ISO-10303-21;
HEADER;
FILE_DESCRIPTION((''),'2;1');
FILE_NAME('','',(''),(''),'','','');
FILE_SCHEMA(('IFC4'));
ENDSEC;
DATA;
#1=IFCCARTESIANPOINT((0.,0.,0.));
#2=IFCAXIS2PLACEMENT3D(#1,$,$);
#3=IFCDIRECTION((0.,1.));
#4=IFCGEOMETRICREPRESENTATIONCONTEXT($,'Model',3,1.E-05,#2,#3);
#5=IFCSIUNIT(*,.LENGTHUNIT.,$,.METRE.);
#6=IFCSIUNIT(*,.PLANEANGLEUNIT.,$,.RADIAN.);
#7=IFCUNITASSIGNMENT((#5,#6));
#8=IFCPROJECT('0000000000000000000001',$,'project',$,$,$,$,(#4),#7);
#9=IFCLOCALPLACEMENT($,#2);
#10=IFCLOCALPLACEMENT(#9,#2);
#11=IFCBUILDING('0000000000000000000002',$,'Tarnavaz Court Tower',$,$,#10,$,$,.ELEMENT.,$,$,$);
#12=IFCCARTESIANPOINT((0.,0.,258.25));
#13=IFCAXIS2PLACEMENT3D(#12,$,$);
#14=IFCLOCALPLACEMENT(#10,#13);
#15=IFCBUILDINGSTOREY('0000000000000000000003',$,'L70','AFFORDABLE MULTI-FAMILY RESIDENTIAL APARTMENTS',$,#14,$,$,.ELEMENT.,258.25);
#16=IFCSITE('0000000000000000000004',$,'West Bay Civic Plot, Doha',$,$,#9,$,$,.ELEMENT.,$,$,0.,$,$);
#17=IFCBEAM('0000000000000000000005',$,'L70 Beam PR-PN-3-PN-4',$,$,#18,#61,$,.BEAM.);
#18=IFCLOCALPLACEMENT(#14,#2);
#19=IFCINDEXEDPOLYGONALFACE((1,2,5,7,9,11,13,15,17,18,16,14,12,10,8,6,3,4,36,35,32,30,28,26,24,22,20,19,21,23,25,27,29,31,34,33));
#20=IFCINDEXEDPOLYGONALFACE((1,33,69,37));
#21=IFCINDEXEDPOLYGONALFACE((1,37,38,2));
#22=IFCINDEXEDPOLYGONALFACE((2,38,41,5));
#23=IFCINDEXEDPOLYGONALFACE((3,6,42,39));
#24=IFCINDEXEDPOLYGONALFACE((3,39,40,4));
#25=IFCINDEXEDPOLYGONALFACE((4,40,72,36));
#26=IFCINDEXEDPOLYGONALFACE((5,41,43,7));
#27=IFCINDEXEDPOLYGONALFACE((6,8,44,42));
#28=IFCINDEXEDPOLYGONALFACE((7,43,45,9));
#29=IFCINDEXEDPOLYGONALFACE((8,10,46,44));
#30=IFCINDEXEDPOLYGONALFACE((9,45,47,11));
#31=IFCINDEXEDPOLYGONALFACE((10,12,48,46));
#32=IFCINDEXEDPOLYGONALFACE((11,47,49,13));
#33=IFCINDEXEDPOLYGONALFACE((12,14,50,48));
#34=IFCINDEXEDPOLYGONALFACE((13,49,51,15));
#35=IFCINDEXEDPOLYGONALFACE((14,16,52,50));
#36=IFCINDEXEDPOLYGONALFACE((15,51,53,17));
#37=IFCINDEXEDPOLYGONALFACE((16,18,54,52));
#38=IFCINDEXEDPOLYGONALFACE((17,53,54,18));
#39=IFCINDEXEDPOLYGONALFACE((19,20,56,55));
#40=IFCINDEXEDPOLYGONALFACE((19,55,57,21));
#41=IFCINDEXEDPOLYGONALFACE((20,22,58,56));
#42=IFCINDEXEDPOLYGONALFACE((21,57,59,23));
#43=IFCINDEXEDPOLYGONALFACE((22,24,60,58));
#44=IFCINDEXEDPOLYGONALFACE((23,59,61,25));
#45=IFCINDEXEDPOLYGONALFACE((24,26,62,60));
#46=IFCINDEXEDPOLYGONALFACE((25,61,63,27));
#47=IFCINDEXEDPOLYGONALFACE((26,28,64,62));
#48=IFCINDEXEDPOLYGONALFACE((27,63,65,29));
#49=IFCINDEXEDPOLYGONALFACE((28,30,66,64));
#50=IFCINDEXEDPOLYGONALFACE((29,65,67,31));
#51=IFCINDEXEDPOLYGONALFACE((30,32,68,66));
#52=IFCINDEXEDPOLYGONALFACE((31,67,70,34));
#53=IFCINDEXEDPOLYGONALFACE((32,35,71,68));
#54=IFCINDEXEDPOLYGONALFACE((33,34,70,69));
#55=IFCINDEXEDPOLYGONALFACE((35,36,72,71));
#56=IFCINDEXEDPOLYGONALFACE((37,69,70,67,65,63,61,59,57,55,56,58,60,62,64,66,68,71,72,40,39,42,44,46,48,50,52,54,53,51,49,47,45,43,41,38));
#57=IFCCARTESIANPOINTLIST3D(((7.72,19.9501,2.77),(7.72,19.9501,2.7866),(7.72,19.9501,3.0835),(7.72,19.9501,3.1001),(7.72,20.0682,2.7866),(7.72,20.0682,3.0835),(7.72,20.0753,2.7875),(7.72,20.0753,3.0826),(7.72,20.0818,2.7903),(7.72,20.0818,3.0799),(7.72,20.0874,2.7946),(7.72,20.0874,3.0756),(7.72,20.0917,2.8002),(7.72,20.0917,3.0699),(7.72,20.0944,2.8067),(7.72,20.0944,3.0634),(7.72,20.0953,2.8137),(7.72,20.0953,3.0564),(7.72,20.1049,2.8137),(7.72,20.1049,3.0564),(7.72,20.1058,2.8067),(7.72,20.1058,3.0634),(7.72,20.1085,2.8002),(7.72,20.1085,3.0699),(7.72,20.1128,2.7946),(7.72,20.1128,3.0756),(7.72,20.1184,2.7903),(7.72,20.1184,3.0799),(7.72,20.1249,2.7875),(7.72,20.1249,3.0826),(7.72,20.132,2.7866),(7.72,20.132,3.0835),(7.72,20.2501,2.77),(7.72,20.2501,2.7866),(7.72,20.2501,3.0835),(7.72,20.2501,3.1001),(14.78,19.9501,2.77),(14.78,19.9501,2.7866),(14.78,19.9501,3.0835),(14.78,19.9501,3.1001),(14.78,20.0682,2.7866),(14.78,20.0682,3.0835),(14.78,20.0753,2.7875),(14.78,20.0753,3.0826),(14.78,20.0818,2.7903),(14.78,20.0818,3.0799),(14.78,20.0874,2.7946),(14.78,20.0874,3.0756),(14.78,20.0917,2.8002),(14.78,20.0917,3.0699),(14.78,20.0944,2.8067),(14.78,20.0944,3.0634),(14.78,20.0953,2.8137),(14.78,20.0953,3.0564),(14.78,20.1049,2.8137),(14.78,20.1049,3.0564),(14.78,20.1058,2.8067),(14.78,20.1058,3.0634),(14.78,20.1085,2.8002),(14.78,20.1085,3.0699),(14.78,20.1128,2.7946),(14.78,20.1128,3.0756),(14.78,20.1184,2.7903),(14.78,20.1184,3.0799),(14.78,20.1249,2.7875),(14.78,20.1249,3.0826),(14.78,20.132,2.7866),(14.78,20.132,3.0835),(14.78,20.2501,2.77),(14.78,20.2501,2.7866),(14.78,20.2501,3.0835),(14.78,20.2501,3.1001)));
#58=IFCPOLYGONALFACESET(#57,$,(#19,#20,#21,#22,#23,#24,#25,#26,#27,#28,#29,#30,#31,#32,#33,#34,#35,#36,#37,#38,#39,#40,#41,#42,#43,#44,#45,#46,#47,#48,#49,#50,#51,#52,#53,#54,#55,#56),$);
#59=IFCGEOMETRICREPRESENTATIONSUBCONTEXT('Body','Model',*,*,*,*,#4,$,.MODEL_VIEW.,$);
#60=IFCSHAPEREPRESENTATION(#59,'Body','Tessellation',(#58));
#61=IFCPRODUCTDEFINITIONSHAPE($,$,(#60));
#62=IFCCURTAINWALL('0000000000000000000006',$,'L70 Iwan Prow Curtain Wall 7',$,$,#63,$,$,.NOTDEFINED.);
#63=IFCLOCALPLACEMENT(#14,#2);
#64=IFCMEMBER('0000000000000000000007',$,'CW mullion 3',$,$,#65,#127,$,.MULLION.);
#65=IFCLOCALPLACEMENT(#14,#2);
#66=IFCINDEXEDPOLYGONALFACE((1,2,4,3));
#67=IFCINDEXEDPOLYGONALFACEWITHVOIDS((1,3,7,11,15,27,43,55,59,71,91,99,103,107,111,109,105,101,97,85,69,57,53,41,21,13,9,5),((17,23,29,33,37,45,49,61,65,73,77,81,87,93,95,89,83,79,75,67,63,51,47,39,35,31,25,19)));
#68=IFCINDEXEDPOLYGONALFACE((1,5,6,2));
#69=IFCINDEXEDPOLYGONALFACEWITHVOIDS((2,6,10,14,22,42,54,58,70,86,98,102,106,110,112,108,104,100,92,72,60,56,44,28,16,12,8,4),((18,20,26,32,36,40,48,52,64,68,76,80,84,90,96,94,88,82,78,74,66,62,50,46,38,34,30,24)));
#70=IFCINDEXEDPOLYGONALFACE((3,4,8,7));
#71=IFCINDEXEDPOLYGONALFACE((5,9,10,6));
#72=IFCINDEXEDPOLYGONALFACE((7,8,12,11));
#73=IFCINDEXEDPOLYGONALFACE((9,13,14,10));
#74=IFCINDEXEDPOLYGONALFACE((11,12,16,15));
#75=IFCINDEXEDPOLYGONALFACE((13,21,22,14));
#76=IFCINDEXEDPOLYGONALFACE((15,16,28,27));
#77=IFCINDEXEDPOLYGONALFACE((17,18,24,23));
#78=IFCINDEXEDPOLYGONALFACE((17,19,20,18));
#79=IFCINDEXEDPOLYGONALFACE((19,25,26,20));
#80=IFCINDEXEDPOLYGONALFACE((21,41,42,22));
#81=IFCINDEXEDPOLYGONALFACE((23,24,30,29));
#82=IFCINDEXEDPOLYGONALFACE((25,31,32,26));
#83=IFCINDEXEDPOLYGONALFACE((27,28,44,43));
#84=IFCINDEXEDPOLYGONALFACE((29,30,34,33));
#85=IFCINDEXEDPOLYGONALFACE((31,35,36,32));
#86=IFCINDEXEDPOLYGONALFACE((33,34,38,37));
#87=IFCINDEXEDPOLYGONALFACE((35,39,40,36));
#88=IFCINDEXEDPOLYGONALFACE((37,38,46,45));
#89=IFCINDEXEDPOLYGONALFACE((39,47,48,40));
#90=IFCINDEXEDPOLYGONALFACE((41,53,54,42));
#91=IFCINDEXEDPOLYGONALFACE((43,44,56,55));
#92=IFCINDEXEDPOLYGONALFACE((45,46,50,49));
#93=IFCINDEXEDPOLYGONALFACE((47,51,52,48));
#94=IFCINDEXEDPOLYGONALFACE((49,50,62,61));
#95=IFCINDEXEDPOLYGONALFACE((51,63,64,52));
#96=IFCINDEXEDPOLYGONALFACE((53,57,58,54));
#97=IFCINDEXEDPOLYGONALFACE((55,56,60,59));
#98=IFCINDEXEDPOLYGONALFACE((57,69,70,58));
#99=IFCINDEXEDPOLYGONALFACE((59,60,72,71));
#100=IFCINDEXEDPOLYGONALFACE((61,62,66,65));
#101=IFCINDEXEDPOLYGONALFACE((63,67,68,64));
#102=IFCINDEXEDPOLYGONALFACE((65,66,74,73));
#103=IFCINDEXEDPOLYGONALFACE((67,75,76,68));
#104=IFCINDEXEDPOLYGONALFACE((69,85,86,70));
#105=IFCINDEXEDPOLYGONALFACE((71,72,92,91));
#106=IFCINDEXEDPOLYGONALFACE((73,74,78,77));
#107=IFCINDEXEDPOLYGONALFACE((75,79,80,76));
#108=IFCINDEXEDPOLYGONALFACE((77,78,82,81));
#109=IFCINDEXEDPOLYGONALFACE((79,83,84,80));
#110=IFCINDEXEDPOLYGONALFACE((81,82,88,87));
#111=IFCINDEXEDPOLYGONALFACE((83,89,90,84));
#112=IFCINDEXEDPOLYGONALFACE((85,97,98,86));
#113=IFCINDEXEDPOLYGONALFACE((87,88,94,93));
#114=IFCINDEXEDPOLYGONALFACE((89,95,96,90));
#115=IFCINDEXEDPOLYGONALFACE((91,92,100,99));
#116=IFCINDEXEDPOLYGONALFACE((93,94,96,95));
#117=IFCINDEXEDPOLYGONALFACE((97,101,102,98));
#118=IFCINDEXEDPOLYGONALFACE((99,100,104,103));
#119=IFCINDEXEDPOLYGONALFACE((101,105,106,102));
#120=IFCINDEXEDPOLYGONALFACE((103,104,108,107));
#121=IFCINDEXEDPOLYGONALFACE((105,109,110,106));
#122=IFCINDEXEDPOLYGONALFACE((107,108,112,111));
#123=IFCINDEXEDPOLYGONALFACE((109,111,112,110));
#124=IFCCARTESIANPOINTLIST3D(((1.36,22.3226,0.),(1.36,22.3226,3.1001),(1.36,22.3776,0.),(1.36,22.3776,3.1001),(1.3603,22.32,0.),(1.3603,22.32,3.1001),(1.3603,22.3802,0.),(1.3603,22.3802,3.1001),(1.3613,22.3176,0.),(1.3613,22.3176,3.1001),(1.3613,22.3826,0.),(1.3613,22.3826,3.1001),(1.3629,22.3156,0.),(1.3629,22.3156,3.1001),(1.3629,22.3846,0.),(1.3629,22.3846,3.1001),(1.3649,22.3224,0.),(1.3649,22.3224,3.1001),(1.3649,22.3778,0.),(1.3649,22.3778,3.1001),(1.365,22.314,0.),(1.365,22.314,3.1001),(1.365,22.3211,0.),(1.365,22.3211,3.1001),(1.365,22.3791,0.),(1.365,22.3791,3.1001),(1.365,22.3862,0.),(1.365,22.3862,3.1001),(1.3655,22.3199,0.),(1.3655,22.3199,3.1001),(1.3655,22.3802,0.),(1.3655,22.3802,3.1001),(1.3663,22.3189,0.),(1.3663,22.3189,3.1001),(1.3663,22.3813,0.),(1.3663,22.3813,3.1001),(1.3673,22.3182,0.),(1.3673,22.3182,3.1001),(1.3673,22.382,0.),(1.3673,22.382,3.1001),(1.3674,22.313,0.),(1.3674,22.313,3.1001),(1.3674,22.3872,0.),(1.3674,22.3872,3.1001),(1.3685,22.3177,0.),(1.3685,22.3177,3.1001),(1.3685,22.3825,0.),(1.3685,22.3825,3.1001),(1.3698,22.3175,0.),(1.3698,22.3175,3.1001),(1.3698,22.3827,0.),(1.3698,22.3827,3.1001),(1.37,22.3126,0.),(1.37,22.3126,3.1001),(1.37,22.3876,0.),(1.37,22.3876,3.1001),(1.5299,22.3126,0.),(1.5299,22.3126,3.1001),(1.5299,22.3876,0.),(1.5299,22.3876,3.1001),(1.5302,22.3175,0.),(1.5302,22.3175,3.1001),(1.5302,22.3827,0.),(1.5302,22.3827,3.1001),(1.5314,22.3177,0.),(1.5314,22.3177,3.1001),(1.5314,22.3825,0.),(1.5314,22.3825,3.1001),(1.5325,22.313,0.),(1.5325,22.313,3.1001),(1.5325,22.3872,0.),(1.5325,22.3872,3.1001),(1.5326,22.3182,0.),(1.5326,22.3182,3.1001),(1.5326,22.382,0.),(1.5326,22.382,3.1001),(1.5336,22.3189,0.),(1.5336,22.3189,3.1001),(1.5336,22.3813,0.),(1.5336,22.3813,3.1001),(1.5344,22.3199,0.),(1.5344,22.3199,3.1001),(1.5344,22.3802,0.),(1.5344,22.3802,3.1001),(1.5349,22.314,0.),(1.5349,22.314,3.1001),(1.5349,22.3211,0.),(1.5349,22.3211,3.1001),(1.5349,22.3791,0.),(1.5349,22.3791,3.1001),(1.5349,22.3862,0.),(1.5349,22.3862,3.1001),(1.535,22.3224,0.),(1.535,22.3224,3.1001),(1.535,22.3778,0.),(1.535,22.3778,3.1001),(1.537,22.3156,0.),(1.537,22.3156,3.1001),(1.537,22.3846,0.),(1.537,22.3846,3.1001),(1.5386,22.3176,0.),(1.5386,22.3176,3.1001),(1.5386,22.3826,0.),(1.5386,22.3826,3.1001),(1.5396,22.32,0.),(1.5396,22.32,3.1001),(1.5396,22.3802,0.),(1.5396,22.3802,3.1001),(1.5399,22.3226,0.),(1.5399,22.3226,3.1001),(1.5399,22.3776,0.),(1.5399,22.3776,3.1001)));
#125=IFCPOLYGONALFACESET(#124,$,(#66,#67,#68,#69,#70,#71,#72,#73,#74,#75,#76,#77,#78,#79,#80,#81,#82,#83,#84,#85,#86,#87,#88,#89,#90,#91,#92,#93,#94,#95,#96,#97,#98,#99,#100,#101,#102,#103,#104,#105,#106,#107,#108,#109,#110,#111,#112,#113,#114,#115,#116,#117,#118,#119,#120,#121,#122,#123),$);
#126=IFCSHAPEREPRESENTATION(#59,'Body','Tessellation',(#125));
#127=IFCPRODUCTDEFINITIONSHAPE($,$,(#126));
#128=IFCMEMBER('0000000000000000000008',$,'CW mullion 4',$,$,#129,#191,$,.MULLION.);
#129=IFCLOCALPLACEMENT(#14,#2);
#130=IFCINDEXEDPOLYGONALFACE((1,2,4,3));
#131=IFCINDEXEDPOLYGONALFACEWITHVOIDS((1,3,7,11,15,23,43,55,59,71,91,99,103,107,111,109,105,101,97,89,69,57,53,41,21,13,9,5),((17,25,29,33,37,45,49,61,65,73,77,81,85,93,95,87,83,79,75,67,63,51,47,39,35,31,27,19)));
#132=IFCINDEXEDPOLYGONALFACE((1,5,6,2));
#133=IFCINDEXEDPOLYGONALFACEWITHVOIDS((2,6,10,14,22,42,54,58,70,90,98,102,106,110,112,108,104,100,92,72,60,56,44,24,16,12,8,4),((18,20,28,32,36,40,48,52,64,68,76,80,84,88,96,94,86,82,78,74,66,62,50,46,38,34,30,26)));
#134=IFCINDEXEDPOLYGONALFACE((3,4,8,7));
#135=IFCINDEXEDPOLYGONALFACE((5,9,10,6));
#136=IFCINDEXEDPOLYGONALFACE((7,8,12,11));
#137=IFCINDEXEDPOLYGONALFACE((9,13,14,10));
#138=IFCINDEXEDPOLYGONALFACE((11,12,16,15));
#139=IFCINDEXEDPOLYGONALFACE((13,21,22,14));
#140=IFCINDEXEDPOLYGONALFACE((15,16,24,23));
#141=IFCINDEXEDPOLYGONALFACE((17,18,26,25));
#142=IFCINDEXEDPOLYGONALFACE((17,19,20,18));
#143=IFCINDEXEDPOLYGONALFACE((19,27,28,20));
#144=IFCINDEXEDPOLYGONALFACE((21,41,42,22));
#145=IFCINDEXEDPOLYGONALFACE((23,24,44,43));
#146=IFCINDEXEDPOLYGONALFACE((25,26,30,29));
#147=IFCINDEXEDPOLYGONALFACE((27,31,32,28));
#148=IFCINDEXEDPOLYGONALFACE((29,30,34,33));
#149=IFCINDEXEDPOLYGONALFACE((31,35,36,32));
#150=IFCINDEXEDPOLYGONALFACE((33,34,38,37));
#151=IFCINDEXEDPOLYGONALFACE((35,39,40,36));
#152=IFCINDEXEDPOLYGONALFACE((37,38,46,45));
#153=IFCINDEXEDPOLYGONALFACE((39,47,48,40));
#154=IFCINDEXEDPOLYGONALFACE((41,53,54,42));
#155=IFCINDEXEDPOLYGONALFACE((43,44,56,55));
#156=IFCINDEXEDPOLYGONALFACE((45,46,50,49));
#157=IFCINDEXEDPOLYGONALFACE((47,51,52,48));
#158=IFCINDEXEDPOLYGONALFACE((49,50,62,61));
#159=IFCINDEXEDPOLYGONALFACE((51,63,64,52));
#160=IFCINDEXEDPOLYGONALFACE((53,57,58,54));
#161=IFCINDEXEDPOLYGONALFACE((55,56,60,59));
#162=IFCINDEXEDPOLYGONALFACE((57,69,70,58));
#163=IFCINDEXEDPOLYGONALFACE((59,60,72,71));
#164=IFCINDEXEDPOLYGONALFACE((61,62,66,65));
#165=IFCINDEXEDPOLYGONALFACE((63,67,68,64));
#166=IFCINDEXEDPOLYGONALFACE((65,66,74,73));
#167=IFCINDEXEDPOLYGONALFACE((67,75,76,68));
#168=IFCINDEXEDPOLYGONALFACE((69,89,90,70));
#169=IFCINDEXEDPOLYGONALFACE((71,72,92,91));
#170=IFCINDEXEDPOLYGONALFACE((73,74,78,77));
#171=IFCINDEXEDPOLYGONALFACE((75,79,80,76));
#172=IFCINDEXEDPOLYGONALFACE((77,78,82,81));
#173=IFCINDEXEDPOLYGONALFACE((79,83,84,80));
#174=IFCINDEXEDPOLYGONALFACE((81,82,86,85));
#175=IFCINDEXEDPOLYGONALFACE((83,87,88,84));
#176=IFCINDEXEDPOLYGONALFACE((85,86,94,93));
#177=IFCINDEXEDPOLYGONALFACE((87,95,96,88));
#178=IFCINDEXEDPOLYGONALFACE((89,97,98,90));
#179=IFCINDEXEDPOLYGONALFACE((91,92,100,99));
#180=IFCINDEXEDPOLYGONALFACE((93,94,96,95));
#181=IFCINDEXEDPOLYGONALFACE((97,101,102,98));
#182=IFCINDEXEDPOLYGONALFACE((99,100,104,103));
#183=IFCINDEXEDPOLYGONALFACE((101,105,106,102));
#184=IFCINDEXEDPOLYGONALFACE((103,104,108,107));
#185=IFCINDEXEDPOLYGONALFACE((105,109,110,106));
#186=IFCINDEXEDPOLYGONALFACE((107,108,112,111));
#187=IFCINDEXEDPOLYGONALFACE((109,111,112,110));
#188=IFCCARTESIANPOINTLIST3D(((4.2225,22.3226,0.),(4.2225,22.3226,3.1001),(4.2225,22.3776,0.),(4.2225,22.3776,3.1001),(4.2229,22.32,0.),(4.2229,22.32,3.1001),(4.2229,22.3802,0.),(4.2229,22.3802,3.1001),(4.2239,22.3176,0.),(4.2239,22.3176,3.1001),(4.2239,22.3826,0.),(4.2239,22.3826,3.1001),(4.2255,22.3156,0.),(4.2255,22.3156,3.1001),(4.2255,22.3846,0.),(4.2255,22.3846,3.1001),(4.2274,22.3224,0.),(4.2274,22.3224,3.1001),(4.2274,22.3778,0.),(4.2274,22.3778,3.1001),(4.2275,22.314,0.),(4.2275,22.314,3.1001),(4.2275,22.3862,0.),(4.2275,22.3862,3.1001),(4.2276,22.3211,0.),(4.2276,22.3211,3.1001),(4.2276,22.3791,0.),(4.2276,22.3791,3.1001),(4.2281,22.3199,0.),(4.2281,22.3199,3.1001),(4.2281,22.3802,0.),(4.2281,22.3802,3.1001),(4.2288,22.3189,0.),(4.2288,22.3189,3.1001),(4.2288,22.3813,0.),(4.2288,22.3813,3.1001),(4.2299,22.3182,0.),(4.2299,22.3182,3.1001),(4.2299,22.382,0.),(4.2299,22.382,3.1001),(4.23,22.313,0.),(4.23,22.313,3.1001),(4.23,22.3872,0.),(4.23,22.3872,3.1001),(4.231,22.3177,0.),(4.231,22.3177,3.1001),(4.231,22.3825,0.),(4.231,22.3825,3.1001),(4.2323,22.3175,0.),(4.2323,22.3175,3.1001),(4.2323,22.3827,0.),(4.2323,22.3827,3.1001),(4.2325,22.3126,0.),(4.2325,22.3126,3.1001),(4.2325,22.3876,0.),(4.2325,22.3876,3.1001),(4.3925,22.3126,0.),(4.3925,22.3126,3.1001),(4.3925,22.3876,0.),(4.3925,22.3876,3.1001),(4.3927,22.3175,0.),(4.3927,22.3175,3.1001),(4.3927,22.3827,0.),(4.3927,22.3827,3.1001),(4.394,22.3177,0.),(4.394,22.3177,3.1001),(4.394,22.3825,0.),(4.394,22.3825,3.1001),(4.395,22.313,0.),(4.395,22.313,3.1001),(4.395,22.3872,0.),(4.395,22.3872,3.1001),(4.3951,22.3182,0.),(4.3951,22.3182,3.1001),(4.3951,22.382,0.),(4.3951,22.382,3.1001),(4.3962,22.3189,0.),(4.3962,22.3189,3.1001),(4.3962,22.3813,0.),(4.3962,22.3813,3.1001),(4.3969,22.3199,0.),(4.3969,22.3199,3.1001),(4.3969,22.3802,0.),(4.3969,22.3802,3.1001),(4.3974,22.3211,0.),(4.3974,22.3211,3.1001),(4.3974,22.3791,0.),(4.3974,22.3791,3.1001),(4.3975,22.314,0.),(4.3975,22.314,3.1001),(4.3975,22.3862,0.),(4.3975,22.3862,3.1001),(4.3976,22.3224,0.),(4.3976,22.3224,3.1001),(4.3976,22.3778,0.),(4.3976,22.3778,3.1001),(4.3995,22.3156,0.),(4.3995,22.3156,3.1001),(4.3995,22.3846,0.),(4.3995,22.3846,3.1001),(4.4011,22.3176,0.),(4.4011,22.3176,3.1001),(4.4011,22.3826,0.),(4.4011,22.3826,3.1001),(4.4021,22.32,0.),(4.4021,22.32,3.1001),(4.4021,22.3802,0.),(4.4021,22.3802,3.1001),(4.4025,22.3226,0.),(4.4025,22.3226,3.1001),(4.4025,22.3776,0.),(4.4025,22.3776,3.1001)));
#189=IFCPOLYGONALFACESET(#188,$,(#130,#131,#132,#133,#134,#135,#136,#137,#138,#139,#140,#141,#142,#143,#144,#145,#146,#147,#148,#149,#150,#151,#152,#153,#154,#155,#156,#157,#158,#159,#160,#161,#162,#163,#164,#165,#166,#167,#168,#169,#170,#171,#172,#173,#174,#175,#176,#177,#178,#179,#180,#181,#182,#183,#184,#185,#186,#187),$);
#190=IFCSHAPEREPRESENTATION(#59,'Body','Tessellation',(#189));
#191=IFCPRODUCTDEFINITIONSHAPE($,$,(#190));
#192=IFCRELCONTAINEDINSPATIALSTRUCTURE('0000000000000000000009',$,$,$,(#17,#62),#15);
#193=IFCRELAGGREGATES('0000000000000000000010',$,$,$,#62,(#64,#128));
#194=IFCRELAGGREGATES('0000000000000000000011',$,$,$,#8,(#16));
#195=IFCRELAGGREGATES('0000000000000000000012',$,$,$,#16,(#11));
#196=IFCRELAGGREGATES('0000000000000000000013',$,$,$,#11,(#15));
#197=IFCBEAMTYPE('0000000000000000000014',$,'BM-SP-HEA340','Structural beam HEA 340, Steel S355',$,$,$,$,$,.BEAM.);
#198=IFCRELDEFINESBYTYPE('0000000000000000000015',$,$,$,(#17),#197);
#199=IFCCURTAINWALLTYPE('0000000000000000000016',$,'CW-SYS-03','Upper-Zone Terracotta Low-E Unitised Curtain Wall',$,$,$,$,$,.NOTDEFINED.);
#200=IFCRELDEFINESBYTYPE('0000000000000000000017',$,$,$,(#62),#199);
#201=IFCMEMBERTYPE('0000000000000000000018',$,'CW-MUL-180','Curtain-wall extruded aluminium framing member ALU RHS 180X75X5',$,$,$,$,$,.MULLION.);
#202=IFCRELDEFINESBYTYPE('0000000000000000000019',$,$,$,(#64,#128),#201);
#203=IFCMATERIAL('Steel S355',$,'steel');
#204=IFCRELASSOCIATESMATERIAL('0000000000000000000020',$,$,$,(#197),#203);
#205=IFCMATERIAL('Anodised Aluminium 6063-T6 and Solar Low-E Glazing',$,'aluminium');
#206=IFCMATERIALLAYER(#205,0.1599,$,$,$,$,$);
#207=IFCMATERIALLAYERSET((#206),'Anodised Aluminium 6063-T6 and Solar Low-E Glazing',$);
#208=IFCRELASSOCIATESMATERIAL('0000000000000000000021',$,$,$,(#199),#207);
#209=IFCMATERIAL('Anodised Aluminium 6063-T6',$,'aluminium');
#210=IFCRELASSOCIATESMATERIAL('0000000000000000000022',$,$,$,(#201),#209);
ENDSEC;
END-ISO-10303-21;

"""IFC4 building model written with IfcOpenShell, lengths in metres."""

from ifc_helpers import new_model, si_unit, direction, frame, origin, origin_2d, place, context, subcontext, project, spatial, hollow_rectangle, i_section, extrude, material, layer, layer_set, material_profile, profile_set, type_object, element, aggregate, save


model = new_model("IFC4")

# Units and contexts
model_context = context("Model", 3, precision=1e-05, world=origin(), true_north=direction((0.0, 1.0)))
body_context = subcontext(model_context, "Body", "Model", "MODEL_VIEW")
ifc_project = project(units=[si_unit("LENGTHUNIT", "METRE"), si_unit("PLANEANGLEUNIT", "RADIAN")], contexts=[model_context])

# Site, building, storey
site_placement = place(None, origin())
site = spatial("IfcSite", under=ifc_project, at=site_placement, Name="West Bay Civic Plot, Doha", CompositionType="ELEMENT", RefElevation=0.0)
building_placement = place(site_placement, origin())
building = spatial("IfcBuilding", under=site, at=building_placement, Name="Tarnavaz Court Tower", CompositionType="ELEMENT")
storey_placement = place(building_placement, frame((0.0, 0.0, 258.25)))
storey = spatial("IfcBuildingStorey", under=building, at=storey_placement, Name="L70", Description="AFFORDABLE MULTI-FAMILY RESIDENTIAL APARTMENTS", CompositionType="ELEMENT", Elevation=258.25)

# Beam
ifc_material_1 = material(Name="Steel S355", Category="steel")
ifc_material_profile_1 = material_profile(ifc_material_1, i_section(OverallWidth=0.3, OverallDepth=0.3301, WebThickness=0.0095, FlangeThickness=0.0166, FilletRadius=0.0271, at=origin_2d()), Name="HEA 340")
ifc_profile_set_1 = profile_set([ifc_material_profile_1], Name="Steel S355")
beam_type_1 = type_object("IfcBeamType", Name="BM-SP-HEA340", Description="Structural beam HEA 340, Steel S355", PredefinedType="BEAM", material=ifc_profile_set_1)
beam_placement = place(storey_placement, frame((7.72, 20.1001, 2.9351), z_axis=(1.0, 0.0, 0.0), x_axis=(0.0, 1.0, 0.0)))
element("IfcBeam", 1, at=beam_placement, inside=storey, type_object=beam_type_1, Name="L70 Beam PR-PN-3-PN-4", PredefinedType="BEAM", context=body_context, shape_type="SweptSolid", body=[
    extrude(i_section(OverallWidth=0.3, OverallDepth=0.3301, WebThickness=0.0095, FlangeThickness=0.0166, FilletRadius=0.0271, at=origin_2d()), origin(), (0.0, 0.0, 1.0), 7.0601),
])

# Curtain wall, members
ifc_material_2 = material(Name="Anodised Aluminium 6063-T6 and Solar Low-E Glazing", Category="aluminium")
ifc_layer_1 = layer(ifc_material_2, 0.1599)
ifc_layer_set_1 = layer_set([ifc_layer_1], Name="Anodised Aluminium 6063-T6 and Solar Low-E Glazing")
curtain_wall_type = type_object("IfcCurtainWallType", Name="CW-SYS-03", Description="Upper-Zone Terracotta Low-E Unitised Curtain Wall", PredefinedType="NOTDEFINED", material=ifc_layer_set_1)
curtain_wall_placement = place(storey_placement, origin())
curtain_wall = element("IfcCurtainWall", 2, at=curtain_wall_placement, inside=storey, type_object=curtain_wall_type, Name="L70 Iwan Prow Curtain Wall 7", PredefinedType="NOTDEFINED")
ifc_material_3 = material(Name="Anodised Aluminium 6063-T6", Category="aluminium")
ifc_material_profile_2 = material_profile(ifc_material_3, hollow_rectangle(XDim=0.075, YDim=0.1799, WallThickness=0.0049, InnerFilletRadius=0.0049, OuterFilletRadius=0.01, at=origin_2d()), Name="ALU RHS 180X75X5")
ifc_profile_set_2 = profile_set([ifc_material_profile_2], Name="Anodised Aluminium 6063-T6")
member_type_1 = type_object("IfcMemberType", Name="CW-MUL-180", Description="Curtain-wall extruded aluminium framing member ALU RHS 180X75X5", PredefinedType="MULLION", material=ifc_profile_set_2)
member_1_placement = place(storey_placement, frame((1.45, 22.3501, 0.0), z_axis=(0.0, 0.0, 1.0), x_axis=(0.0, 1.0, 0.0)))
member_1 = element("IfcMember", 3, at=member_1_placement, type_object=member_type_1, Name="CW mullion 3", PredefinedType="MULLION", context=body_context, shape_type="SweptSolid", body=[
    extrude(hollow_rectangle(XDim=0.075, YDim=0.1799, WallThickness=0.0049, InnerFilletRadius=0.0049, OuterFilletRadius=0.01, at=origin_2d()), origin(), (0.0, 0.0, 1.0), 3.1001),
])
member_2_placement = place(storey_placement, frame((4.3125, 22.3501, 0.0), z_axis=(0.0, 0.0, 1.0), x_axis=(0.0, 1.0, 0.0)))
member_2 = element("IfcMember", 4, at=member_2_placement, type_object=member_type_1, Name="CW mullion 4", PredefinedType="MULLION", context=body_context, shape_type="SweptSolid", body=[
    extrude(hollow_rectangle(XDim=0.075, YDim=0.1799, WallThickness=0.0049, InnerFilletRadius=0.0049, OuterFilletRadius=0.01, at=origin_2d()), origin(), (0.0, 0.0, 1.0), 3.1001),
])
aggregate(curtain_wall, [member_1, member_2])

save(model, "model.ifc")
